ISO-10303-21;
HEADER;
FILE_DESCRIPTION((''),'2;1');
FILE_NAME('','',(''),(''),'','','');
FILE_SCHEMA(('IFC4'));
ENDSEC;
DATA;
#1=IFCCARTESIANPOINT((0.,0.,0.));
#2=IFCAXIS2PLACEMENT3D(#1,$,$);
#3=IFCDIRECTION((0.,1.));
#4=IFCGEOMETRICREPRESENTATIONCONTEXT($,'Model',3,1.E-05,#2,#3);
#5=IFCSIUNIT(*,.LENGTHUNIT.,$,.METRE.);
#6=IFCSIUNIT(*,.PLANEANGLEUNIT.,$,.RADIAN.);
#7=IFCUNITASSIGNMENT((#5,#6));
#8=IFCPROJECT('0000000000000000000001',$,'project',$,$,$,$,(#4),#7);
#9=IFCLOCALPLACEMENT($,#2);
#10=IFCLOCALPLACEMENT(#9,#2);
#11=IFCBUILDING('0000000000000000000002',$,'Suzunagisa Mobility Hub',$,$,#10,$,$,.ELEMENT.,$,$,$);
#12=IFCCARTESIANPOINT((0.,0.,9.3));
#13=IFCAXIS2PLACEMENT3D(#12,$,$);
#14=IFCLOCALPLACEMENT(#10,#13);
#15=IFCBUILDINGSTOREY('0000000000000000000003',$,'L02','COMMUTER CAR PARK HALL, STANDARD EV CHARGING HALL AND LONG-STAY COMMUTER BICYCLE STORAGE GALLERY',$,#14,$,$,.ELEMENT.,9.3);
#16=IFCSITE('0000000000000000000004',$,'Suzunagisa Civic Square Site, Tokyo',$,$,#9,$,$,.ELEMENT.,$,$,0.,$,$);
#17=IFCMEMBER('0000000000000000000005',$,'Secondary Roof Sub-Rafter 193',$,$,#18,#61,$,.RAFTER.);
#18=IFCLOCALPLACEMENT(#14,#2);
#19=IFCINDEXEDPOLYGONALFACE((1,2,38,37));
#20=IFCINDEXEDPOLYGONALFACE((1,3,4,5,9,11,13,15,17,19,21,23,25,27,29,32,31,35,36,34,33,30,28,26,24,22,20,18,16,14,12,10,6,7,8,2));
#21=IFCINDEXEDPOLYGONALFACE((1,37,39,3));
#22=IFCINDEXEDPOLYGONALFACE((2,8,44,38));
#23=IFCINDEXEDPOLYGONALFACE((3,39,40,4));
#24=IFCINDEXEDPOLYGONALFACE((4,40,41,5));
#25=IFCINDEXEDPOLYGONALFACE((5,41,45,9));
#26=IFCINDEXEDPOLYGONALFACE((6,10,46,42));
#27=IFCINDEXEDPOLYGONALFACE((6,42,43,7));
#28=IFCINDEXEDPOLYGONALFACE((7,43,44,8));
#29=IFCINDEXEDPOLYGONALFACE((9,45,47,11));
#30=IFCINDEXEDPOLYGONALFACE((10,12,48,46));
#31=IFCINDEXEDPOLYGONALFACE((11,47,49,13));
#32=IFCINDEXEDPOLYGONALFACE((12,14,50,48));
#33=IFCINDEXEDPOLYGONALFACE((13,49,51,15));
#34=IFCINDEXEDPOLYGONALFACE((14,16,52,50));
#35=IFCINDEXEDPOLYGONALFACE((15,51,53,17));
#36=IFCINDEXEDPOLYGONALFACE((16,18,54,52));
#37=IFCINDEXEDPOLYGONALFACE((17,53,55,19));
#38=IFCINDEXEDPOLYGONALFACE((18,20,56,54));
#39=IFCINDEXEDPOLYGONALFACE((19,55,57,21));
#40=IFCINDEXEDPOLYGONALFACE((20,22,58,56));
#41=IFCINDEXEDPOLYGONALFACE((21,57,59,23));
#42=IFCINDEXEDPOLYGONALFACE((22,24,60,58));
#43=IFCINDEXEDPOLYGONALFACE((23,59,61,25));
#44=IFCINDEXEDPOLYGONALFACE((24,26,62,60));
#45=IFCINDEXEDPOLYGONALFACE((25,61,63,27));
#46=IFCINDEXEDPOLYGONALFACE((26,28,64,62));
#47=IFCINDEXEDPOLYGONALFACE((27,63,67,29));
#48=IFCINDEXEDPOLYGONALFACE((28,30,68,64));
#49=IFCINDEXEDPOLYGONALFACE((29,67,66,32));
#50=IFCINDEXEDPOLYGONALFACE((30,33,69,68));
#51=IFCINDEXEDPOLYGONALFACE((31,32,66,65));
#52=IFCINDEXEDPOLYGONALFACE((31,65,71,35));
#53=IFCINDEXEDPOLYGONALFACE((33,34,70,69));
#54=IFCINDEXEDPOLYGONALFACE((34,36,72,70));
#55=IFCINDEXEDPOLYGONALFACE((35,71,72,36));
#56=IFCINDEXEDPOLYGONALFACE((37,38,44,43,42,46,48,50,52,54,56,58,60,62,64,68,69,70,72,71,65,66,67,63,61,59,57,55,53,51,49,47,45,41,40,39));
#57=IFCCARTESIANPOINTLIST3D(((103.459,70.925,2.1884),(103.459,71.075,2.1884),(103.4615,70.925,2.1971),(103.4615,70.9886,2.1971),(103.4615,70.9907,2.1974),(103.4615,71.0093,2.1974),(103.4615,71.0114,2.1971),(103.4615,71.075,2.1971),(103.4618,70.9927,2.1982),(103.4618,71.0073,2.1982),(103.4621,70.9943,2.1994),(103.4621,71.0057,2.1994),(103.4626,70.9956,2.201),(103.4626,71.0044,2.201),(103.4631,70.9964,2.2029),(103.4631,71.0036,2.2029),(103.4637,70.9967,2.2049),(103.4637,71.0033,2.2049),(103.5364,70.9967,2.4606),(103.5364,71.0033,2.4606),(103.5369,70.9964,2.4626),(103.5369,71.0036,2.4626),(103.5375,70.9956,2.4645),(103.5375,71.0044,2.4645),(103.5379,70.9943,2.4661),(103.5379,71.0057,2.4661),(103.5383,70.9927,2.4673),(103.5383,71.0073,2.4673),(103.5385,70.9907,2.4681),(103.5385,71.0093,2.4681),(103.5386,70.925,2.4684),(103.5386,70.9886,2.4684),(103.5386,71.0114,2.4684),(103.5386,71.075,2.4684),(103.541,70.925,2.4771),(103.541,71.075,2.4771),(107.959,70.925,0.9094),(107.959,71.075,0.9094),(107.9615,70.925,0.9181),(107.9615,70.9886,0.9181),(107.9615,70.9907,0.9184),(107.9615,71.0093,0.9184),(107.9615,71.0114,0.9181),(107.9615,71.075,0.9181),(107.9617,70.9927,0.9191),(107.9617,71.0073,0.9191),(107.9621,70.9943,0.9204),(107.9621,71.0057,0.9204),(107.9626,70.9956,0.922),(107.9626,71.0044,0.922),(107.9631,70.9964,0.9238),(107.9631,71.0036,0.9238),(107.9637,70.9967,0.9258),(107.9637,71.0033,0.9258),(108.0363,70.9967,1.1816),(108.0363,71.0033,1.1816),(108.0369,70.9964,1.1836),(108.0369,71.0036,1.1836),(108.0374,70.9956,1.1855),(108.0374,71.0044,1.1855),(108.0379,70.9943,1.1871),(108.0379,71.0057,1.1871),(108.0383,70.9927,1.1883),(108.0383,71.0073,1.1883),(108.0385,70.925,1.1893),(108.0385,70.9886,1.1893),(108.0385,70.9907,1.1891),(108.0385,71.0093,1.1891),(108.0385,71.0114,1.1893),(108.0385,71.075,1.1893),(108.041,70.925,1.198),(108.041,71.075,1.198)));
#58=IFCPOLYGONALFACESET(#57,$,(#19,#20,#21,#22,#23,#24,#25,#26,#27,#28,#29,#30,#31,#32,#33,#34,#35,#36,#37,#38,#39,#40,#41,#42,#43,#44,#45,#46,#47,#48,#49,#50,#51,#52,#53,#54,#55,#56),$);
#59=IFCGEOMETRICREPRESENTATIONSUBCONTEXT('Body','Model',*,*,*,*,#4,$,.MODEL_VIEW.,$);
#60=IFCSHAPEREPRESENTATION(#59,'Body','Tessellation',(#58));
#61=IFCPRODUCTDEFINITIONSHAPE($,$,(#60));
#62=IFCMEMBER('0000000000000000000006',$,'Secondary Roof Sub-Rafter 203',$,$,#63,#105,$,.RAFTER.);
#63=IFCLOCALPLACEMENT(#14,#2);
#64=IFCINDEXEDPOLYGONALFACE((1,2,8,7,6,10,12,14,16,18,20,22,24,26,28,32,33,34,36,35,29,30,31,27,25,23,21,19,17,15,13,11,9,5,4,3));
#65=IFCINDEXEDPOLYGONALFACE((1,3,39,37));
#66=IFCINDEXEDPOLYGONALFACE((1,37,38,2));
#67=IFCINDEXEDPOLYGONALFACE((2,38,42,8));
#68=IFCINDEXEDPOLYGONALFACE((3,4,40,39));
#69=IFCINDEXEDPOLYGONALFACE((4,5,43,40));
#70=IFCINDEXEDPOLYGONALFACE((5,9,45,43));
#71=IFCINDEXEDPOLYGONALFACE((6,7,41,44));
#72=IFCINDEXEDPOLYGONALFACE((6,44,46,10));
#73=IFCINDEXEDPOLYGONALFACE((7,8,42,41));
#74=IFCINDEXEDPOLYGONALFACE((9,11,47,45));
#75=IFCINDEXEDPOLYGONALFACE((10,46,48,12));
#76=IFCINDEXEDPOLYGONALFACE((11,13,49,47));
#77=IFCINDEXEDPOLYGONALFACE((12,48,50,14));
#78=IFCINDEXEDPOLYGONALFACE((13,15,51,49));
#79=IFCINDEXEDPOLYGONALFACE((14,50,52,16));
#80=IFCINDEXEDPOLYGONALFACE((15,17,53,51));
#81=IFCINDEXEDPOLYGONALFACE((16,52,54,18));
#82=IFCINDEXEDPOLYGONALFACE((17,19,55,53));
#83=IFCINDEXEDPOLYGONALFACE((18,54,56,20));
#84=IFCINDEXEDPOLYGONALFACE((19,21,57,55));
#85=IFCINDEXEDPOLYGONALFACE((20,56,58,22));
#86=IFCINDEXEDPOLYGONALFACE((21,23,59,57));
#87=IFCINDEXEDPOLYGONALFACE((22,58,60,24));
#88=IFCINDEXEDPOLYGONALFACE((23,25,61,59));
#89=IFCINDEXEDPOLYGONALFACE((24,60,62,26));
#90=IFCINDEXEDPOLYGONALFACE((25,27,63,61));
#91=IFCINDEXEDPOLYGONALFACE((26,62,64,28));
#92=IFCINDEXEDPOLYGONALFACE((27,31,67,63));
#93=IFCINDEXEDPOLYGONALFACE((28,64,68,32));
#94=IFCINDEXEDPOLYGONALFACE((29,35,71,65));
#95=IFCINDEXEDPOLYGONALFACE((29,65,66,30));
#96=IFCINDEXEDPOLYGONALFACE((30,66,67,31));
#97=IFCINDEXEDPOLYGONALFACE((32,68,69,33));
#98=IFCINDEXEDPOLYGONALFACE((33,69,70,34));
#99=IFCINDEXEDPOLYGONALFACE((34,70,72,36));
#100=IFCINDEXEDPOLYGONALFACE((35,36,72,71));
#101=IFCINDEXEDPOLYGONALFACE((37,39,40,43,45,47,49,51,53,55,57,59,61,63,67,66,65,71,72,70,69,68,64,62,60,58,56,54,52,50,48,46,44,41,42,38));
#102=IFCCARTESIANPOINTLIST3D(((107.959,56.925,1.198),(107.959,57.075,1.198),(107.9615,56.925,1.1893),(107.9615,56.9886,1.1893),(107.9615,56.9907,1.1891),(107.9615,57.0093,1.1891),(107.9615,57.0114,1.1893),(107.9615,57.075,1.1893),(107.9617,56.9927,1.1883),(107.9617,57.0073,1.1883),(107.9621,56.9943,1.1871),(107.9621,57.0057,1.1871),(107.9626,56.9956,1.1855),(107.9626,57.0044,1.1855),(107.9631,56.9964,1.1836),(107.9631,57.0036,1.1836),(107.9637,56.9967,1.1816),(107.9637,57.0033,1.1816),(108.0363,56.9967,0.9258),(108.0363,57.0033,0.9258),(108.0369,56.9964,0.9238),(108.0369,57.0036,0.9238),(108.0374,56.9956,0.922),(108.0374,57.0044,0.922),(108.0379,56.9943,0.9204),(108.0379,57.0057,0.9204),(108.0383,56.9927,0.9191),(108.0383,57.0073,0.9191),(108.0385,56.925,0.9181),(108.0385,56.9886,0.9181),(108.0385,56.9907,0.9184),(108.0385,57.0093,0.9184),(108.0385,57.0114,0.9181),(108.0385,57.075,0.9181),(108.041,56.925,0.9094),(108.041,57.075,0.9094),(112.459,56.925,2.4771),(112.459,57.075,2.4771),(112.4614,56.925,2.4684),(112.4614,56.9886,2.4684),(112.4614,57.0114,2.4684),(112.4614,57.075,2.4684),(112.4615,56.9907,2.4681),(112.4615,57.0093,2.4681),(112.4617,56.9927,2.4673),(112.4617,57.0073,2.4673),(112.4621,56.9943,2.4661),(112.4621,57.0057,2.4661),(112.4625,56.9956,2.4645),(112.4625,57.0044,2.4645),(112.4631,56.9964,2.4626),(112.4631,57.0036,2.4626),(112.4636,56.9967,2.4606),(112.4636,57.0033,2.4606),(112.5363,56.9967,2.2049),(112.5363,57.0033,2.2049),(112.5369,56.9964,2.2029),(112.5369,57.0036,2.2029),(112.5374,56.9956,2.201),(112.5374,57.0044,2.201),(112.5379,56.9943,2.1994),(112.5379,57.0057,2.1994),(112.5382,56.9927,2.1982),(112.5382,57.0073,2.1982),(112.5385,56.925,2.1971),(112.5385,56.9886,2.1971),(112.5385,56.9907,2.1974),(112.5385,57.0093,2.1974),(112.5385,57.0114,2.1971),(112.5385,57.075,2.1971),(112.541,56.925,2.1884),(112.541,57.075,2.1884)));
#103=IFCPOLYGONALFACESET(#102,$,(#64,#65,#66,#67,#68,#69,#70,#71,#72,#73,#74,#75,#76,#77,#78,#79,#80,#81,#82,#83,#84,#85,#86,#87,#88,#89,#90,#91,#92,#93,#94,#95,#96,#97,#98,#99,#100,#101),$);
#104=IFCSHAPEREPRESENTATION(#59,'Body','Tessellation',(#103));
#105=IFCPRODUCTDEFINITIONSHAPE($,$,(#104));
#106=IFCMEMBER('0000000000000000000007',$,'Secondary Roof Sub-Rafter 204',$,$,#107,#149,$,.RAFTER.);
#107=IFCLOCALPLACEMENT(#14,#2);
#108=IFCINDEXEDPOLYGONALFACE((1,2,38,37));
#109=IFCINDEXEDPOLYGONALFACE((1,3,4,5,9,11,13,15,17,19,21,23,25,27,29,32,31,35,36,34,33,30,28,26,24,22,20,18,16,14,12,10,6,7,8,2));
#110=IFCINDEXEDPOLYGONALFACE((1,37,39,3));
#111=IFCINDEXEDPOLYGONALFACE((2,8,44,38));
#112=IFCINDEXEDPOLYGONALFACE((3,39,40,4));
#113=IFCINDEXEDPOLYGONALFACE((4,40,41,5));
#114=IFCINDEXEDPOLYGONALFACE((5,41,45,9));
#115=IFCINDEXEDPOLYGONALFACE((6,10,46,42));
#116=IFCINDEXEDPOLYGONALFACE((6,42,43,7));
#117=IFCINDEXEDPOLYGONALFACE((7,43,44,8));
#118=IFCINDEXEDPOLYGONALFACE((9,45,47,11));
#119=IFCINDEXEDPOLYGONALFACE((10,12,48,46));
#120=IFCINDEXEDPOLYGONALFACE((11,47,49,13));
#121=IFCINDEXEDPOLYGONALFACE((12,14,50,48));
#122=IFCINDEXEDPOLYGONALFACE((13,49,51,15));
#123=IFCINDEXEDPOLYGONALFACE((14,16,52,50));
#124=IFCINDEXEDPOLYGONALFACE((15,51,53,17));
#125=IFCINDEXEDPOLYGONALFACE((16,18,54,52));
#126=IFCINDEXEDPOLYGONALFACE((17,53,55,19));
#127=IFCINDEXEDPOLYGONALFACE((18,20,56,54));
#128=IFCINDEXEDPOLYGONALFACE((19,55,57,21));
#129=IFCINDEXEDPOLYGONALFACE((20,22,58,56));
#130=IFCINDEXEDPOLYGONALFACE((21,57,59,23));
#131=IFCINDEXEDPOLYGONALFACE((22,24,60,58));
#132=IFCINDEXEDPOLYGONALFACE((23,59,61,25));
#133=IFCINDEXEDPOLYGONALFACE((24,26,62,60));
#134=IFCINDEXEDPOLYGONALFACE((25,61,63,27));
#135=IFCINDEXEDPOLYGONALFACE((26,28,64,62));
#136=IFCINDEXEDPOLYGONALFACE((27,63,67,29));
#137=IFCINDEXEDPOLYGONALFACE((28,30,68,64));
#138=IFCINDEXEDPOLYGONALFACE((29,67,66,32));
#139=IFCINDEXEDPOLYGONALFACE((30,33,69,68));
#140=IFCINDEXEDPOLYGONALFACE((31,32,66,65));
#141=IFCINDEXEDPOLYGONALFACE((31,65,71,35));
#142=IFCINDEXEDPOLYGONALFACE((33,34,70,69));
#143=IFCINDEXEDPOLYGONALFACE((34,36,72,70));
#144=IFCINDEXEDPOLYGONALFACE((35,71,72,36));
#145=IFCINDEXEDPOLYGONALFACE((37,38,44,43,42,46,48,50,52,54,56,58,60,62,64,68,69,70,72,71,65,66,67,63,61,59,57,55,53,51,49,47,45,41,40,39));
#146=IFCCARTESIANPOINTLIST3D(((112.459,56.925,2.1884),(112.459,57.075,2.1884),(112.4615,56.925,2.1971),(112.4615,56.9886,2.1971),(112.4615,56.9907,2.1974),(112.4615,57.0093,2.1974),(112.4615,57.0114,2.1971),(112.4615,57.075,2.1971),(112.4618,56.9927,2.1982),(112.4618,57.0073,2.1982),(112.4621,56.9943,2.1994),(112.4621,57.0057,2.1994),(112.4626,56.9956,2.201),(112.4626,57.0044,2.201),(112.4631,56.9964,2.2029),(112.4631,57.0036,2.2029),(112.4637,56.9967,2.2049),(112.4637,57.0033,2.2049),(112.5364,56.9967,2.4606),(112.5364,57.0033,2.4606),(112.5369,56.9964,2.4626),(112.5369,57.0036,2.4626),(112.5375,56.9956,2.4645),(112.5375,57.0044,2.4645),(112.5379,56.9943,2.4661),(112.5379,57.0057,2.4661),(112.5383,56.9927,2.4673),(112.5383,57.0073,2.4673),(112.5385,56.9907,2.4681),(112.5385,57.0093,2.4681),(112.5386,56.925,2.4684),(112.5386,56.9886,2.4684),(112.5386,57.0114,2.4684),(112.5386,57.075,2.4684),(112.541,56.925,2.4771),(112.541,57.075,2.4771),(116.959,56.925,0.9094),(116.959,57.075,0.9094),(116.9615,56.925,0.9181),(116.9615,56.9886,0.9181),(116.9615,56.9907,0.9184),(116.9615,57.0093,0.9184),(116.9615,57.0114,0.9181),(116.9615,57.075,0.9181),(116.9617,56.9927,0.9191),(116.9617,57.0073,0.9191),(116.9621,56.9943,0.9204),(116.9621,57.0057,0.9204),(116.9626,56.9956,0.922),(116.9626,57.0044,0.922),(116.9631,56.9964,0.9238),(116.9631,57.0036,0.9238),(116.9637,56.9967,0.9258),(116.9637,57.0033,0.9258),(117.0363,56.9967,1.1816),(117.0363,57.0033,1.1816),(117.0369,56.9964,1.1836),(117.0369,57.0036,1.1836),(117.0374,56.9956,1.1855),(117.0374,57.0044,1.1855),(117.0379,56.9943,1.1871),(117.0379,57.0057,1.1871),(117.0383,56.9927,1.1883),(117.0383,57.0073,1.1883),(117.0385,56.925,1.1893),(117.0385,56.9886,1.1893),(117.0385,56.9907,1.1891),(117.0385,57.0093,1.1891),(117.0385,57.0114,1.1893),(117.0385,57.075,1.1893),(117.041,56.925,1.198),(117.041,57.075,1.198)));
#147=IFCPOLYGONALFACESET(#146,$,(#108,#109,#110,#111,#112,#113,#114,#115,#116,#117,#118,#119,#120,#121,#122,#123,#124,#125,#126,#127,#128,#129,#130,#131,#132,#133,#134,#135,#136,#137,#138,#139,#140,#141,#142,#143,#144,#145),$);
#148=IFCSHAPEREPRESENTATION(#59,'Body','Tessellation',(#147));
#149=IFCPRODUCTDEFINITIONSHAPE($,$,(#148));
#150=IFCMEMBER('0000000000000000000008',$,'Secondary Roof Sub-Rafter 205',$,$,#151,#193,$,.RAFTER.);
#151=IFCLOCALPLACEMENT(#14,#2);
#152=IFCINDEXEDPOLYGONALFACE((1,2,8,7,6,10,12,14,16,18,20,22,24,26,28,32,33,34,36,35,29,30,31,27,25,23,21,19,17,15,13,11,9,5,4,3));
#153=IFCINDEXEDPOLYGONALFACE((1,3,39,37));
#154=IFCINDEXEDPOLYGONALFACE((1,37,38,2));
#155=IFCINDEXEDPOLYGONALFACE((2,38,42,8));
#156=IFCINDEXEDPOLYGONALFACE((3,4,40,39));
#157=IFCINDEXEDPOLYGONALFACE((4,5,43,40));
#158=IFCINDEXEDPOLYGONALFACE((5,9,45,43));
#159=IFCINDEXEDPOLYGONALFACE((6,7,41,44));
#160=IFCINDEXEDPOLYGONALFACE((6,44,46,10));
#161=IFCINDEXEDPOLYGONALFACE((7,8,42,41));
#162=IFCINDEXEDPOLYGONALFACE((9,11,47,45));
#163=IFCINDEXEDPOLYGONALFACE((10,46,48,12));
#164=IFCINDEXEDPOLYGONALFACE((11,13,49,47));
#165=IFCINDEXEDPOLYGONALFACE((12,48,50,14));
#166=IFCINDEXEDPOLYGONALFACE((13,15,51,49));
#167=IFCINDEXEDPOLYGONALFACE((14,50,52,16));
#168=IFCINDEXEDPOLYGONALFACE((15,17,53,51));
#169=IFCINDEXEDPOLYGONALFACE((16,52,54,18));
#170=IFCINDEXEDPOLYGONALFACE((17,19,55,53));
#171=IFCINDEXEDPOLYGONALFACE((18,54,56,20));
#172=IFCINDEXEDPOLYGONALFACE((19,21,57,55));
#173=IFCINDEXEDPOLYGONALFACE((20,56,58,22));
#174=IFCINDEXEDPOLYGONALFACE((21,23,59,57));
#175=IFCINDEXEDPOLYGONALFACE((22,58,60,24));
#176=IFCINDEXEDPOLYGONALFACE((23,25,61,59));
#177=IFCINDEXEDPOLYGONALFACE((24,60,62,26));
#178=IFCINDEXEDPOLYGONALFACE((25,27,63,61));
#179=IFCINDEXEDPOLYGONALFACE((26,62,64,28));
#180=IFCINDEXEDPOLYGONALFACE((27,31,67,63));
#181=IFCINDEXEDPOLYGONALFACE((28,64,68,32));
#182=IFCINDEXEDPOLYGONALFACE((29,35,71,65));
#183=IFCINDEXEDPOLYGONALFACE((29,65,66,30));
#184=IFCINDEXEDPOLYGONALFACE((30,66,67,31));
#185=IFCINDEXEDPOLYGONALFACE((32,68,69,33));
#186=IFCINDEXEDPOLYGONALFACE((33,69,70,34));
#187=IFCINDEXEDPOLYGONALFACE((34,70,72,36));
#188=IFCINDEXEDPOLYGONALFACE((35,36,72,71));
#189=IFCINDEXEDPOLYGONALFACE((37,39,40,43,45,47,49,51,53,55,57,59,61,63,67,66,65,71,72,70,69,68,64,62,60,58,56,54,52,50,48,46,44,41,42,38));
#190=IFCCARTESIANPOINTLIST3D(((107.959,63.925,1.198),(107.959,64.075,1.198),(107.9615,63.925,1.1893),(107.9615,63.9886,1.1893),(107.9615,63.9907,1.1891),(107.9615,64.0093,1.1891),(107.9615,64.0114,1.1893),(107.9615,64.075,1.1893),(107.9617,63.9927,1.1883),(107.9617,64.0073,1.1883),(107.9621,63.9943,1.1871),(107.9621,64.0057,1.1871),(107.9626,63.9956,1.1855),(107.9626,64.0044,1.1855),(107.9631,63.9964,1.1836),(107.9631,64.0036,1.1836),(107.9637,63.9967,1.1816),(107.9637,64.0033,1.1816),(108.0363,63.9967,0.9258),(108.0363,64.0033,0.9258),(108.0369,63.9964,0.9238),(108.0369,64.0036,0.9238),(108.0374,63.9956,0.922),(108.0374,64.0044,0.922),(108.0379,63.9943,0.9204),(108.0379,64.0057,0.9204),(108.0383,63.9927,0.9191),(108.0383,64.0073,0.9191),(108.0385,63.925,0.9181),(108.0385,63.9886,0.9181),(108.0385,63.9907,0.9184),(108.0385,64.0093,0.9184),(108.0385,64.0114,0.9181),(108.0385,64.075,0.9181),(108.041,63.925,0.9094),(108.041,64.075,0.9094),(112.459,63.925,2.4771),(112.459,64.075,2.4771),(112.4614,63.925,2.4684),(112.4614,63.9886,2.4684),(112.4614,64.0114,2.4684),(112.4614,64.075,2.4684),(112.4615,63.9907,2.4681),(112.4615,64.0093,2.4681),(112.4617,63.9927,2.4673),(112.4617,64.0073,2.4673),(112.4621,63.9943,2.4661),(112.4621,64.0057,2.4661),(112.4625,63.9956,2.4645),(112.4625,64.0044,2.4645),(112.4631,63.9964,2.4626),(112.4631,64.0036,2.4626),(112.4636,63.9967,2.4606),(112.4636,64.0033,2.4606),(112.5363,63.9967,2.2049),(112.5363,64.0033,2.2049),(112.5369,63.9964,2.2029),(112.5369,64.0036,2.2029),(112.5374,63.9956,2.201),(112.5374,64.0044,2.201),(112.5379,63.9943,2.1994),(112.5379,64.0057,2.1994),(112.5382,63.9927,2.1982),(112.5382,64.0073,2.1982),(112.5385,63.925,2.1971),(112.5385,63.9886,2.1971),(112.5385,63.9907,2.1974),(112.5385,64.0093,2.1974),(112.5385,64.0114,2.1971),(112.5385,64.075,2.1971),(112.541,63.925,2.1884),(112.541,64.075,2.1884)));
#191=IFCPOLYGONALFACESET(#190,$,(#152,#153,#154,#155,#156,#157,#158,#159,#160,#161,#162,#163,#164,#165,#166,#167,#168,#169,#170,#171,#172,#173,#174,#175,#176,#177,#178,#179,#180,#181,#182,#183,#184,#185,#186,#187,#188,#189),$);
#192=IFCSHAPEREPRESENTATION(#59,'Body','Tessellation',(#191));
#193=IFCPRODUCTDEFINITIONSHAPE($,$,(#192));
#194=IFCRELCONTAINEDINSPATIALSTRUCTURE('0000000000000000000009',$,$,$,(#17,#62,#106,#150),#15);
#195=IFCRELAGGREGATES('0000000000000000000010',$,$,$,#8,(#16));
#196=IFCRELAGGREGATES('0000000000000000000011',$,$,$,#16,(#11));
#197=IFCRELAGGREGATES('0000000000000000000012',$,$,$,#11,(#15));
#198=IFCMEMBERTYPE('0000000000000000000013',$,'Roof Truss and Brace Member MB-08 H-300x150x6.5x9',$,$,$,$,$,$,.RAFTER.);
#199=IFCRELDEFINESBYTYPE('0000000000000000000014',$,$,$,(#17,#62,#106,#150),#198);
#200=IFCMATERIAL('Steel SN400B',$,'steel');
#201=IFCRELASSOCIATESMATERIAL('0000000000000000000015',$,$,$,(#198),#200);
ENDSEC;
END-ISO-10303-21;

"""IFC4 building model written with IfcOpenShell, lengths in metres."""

from ifc_helpers import new_model, si_unit, direction, frame, origin, origin_2d, place, context, subcontext, project, spatial, i_section, extrude, material, material_profile, profile_set, type_object, element, save


model = new_model("IFC4")

# Units and contexts
model_context = context("Model", 3, precision=1e-05, world=origin(), true_north=direction((0.0, 1.0)))
body_context = subcontext(model_context, "Body", "Model", "MODEL_VIEW")
ifc_project = project(units=[si_unit("LENGTHUNIT", "METRE"), si_unit("PLANEANGLEUNIT", "RADIAN")], contexts=[model_context])

# Site, building, storey
site_placement = place(None, origin())
site = spatial("IfcSite", under=ifc_project, at=site_placement, Name="Suzunagisa Civic Square Site, Tokyo", CompositionType="ELEMENT", RefElevation=0.0)
building_placement = place(site_placement, origin())
building = spatial("IfcBuilding", under=site, at=building_placement, Name="Suzunagisa Mobility Hub", CompositionType="ELEMENT")
storey_placement = place(building_placement, frame((0.0, 0.0, 9.3)))
storey = spatial("IfcBuildingStorey", under=building, at=storey_placement, Name="L02", Description="COMMUTER CAR PARK HALL, STANDARD EV CHARGING HALL AND LONG-STAY COMMUTER BICYCLE STORAGE GALLERY", CompositionType="ELEMENT", Elevation=9.3)

# Members
ifc_material_1 = material(Name="Steel SN400B", Category="steel")
ifc_material_profile_1 = material_profile(ifc_material_1, i_section(OverallWidth=0.1499, OverallDepth=0.3, WebThickness=0.0066, FlangeThickness=0.009, FilletRadius=0.0081, at=origin_2d()), Name="H-300x150x6.5x9")
ifc_profile_set_1 = profile_set([ifc_material_profile_1], Name="Steel SN400B")
member_type_1 = type_object("IfcMemberType", Name="Roof Truss and Brace Member MB-08 H-300x150x6.5x9", PredefinedType="RAFTER", material=ifc_profile_set_1)
for number, where, z_axis, x_axis, name in (
    (1, (108.0, 71.0, 1.0537), (-0.961899, 0.0, 0.273404), (0.0, -1.0, 0.0), "Secondary Roof Sub-Rafter 193"),
    (2, (108.0, 57.0, 1.0537), (0.961899, 0.0, 0.273404), (0.0, 1.0, 0.0), "Secondary Roof Sub-Rafter 203"),
    (3, (117.0, 57.0, 1.0537), (-0.961899, 0.0, 0.273404), (0.0, -1.0, 0.0), "Secondary Roof Sub-Rafter 204"),
    (4, (108.0, 64.0, 1.0537), (0.961899, 0.0, 0.273404), (0.0, 1.0, 0.0), "Secondary Roof Sub-Rafter 205"),
):
    element("IfcMember", number, at=place(storey_placement, frame(where, z_axis=z_axis, x_axis=x_axis)), inside=storey, type_object=member_type_1, Name=name, PredefinedType="RAFTER", context=body_context, shape_type="SweptSolid", body=[
        extrude(i_section(OverallWidth=0.1499, OverallDepth=0.3, WebThickness=0.0066, FlangeThickness=0.009, FilletRadius=0.0081, at=origin_2d()), origin(), (0.0, 0.0, 1.0), 4.6782),
    ])

save(model, "model.ifc")
